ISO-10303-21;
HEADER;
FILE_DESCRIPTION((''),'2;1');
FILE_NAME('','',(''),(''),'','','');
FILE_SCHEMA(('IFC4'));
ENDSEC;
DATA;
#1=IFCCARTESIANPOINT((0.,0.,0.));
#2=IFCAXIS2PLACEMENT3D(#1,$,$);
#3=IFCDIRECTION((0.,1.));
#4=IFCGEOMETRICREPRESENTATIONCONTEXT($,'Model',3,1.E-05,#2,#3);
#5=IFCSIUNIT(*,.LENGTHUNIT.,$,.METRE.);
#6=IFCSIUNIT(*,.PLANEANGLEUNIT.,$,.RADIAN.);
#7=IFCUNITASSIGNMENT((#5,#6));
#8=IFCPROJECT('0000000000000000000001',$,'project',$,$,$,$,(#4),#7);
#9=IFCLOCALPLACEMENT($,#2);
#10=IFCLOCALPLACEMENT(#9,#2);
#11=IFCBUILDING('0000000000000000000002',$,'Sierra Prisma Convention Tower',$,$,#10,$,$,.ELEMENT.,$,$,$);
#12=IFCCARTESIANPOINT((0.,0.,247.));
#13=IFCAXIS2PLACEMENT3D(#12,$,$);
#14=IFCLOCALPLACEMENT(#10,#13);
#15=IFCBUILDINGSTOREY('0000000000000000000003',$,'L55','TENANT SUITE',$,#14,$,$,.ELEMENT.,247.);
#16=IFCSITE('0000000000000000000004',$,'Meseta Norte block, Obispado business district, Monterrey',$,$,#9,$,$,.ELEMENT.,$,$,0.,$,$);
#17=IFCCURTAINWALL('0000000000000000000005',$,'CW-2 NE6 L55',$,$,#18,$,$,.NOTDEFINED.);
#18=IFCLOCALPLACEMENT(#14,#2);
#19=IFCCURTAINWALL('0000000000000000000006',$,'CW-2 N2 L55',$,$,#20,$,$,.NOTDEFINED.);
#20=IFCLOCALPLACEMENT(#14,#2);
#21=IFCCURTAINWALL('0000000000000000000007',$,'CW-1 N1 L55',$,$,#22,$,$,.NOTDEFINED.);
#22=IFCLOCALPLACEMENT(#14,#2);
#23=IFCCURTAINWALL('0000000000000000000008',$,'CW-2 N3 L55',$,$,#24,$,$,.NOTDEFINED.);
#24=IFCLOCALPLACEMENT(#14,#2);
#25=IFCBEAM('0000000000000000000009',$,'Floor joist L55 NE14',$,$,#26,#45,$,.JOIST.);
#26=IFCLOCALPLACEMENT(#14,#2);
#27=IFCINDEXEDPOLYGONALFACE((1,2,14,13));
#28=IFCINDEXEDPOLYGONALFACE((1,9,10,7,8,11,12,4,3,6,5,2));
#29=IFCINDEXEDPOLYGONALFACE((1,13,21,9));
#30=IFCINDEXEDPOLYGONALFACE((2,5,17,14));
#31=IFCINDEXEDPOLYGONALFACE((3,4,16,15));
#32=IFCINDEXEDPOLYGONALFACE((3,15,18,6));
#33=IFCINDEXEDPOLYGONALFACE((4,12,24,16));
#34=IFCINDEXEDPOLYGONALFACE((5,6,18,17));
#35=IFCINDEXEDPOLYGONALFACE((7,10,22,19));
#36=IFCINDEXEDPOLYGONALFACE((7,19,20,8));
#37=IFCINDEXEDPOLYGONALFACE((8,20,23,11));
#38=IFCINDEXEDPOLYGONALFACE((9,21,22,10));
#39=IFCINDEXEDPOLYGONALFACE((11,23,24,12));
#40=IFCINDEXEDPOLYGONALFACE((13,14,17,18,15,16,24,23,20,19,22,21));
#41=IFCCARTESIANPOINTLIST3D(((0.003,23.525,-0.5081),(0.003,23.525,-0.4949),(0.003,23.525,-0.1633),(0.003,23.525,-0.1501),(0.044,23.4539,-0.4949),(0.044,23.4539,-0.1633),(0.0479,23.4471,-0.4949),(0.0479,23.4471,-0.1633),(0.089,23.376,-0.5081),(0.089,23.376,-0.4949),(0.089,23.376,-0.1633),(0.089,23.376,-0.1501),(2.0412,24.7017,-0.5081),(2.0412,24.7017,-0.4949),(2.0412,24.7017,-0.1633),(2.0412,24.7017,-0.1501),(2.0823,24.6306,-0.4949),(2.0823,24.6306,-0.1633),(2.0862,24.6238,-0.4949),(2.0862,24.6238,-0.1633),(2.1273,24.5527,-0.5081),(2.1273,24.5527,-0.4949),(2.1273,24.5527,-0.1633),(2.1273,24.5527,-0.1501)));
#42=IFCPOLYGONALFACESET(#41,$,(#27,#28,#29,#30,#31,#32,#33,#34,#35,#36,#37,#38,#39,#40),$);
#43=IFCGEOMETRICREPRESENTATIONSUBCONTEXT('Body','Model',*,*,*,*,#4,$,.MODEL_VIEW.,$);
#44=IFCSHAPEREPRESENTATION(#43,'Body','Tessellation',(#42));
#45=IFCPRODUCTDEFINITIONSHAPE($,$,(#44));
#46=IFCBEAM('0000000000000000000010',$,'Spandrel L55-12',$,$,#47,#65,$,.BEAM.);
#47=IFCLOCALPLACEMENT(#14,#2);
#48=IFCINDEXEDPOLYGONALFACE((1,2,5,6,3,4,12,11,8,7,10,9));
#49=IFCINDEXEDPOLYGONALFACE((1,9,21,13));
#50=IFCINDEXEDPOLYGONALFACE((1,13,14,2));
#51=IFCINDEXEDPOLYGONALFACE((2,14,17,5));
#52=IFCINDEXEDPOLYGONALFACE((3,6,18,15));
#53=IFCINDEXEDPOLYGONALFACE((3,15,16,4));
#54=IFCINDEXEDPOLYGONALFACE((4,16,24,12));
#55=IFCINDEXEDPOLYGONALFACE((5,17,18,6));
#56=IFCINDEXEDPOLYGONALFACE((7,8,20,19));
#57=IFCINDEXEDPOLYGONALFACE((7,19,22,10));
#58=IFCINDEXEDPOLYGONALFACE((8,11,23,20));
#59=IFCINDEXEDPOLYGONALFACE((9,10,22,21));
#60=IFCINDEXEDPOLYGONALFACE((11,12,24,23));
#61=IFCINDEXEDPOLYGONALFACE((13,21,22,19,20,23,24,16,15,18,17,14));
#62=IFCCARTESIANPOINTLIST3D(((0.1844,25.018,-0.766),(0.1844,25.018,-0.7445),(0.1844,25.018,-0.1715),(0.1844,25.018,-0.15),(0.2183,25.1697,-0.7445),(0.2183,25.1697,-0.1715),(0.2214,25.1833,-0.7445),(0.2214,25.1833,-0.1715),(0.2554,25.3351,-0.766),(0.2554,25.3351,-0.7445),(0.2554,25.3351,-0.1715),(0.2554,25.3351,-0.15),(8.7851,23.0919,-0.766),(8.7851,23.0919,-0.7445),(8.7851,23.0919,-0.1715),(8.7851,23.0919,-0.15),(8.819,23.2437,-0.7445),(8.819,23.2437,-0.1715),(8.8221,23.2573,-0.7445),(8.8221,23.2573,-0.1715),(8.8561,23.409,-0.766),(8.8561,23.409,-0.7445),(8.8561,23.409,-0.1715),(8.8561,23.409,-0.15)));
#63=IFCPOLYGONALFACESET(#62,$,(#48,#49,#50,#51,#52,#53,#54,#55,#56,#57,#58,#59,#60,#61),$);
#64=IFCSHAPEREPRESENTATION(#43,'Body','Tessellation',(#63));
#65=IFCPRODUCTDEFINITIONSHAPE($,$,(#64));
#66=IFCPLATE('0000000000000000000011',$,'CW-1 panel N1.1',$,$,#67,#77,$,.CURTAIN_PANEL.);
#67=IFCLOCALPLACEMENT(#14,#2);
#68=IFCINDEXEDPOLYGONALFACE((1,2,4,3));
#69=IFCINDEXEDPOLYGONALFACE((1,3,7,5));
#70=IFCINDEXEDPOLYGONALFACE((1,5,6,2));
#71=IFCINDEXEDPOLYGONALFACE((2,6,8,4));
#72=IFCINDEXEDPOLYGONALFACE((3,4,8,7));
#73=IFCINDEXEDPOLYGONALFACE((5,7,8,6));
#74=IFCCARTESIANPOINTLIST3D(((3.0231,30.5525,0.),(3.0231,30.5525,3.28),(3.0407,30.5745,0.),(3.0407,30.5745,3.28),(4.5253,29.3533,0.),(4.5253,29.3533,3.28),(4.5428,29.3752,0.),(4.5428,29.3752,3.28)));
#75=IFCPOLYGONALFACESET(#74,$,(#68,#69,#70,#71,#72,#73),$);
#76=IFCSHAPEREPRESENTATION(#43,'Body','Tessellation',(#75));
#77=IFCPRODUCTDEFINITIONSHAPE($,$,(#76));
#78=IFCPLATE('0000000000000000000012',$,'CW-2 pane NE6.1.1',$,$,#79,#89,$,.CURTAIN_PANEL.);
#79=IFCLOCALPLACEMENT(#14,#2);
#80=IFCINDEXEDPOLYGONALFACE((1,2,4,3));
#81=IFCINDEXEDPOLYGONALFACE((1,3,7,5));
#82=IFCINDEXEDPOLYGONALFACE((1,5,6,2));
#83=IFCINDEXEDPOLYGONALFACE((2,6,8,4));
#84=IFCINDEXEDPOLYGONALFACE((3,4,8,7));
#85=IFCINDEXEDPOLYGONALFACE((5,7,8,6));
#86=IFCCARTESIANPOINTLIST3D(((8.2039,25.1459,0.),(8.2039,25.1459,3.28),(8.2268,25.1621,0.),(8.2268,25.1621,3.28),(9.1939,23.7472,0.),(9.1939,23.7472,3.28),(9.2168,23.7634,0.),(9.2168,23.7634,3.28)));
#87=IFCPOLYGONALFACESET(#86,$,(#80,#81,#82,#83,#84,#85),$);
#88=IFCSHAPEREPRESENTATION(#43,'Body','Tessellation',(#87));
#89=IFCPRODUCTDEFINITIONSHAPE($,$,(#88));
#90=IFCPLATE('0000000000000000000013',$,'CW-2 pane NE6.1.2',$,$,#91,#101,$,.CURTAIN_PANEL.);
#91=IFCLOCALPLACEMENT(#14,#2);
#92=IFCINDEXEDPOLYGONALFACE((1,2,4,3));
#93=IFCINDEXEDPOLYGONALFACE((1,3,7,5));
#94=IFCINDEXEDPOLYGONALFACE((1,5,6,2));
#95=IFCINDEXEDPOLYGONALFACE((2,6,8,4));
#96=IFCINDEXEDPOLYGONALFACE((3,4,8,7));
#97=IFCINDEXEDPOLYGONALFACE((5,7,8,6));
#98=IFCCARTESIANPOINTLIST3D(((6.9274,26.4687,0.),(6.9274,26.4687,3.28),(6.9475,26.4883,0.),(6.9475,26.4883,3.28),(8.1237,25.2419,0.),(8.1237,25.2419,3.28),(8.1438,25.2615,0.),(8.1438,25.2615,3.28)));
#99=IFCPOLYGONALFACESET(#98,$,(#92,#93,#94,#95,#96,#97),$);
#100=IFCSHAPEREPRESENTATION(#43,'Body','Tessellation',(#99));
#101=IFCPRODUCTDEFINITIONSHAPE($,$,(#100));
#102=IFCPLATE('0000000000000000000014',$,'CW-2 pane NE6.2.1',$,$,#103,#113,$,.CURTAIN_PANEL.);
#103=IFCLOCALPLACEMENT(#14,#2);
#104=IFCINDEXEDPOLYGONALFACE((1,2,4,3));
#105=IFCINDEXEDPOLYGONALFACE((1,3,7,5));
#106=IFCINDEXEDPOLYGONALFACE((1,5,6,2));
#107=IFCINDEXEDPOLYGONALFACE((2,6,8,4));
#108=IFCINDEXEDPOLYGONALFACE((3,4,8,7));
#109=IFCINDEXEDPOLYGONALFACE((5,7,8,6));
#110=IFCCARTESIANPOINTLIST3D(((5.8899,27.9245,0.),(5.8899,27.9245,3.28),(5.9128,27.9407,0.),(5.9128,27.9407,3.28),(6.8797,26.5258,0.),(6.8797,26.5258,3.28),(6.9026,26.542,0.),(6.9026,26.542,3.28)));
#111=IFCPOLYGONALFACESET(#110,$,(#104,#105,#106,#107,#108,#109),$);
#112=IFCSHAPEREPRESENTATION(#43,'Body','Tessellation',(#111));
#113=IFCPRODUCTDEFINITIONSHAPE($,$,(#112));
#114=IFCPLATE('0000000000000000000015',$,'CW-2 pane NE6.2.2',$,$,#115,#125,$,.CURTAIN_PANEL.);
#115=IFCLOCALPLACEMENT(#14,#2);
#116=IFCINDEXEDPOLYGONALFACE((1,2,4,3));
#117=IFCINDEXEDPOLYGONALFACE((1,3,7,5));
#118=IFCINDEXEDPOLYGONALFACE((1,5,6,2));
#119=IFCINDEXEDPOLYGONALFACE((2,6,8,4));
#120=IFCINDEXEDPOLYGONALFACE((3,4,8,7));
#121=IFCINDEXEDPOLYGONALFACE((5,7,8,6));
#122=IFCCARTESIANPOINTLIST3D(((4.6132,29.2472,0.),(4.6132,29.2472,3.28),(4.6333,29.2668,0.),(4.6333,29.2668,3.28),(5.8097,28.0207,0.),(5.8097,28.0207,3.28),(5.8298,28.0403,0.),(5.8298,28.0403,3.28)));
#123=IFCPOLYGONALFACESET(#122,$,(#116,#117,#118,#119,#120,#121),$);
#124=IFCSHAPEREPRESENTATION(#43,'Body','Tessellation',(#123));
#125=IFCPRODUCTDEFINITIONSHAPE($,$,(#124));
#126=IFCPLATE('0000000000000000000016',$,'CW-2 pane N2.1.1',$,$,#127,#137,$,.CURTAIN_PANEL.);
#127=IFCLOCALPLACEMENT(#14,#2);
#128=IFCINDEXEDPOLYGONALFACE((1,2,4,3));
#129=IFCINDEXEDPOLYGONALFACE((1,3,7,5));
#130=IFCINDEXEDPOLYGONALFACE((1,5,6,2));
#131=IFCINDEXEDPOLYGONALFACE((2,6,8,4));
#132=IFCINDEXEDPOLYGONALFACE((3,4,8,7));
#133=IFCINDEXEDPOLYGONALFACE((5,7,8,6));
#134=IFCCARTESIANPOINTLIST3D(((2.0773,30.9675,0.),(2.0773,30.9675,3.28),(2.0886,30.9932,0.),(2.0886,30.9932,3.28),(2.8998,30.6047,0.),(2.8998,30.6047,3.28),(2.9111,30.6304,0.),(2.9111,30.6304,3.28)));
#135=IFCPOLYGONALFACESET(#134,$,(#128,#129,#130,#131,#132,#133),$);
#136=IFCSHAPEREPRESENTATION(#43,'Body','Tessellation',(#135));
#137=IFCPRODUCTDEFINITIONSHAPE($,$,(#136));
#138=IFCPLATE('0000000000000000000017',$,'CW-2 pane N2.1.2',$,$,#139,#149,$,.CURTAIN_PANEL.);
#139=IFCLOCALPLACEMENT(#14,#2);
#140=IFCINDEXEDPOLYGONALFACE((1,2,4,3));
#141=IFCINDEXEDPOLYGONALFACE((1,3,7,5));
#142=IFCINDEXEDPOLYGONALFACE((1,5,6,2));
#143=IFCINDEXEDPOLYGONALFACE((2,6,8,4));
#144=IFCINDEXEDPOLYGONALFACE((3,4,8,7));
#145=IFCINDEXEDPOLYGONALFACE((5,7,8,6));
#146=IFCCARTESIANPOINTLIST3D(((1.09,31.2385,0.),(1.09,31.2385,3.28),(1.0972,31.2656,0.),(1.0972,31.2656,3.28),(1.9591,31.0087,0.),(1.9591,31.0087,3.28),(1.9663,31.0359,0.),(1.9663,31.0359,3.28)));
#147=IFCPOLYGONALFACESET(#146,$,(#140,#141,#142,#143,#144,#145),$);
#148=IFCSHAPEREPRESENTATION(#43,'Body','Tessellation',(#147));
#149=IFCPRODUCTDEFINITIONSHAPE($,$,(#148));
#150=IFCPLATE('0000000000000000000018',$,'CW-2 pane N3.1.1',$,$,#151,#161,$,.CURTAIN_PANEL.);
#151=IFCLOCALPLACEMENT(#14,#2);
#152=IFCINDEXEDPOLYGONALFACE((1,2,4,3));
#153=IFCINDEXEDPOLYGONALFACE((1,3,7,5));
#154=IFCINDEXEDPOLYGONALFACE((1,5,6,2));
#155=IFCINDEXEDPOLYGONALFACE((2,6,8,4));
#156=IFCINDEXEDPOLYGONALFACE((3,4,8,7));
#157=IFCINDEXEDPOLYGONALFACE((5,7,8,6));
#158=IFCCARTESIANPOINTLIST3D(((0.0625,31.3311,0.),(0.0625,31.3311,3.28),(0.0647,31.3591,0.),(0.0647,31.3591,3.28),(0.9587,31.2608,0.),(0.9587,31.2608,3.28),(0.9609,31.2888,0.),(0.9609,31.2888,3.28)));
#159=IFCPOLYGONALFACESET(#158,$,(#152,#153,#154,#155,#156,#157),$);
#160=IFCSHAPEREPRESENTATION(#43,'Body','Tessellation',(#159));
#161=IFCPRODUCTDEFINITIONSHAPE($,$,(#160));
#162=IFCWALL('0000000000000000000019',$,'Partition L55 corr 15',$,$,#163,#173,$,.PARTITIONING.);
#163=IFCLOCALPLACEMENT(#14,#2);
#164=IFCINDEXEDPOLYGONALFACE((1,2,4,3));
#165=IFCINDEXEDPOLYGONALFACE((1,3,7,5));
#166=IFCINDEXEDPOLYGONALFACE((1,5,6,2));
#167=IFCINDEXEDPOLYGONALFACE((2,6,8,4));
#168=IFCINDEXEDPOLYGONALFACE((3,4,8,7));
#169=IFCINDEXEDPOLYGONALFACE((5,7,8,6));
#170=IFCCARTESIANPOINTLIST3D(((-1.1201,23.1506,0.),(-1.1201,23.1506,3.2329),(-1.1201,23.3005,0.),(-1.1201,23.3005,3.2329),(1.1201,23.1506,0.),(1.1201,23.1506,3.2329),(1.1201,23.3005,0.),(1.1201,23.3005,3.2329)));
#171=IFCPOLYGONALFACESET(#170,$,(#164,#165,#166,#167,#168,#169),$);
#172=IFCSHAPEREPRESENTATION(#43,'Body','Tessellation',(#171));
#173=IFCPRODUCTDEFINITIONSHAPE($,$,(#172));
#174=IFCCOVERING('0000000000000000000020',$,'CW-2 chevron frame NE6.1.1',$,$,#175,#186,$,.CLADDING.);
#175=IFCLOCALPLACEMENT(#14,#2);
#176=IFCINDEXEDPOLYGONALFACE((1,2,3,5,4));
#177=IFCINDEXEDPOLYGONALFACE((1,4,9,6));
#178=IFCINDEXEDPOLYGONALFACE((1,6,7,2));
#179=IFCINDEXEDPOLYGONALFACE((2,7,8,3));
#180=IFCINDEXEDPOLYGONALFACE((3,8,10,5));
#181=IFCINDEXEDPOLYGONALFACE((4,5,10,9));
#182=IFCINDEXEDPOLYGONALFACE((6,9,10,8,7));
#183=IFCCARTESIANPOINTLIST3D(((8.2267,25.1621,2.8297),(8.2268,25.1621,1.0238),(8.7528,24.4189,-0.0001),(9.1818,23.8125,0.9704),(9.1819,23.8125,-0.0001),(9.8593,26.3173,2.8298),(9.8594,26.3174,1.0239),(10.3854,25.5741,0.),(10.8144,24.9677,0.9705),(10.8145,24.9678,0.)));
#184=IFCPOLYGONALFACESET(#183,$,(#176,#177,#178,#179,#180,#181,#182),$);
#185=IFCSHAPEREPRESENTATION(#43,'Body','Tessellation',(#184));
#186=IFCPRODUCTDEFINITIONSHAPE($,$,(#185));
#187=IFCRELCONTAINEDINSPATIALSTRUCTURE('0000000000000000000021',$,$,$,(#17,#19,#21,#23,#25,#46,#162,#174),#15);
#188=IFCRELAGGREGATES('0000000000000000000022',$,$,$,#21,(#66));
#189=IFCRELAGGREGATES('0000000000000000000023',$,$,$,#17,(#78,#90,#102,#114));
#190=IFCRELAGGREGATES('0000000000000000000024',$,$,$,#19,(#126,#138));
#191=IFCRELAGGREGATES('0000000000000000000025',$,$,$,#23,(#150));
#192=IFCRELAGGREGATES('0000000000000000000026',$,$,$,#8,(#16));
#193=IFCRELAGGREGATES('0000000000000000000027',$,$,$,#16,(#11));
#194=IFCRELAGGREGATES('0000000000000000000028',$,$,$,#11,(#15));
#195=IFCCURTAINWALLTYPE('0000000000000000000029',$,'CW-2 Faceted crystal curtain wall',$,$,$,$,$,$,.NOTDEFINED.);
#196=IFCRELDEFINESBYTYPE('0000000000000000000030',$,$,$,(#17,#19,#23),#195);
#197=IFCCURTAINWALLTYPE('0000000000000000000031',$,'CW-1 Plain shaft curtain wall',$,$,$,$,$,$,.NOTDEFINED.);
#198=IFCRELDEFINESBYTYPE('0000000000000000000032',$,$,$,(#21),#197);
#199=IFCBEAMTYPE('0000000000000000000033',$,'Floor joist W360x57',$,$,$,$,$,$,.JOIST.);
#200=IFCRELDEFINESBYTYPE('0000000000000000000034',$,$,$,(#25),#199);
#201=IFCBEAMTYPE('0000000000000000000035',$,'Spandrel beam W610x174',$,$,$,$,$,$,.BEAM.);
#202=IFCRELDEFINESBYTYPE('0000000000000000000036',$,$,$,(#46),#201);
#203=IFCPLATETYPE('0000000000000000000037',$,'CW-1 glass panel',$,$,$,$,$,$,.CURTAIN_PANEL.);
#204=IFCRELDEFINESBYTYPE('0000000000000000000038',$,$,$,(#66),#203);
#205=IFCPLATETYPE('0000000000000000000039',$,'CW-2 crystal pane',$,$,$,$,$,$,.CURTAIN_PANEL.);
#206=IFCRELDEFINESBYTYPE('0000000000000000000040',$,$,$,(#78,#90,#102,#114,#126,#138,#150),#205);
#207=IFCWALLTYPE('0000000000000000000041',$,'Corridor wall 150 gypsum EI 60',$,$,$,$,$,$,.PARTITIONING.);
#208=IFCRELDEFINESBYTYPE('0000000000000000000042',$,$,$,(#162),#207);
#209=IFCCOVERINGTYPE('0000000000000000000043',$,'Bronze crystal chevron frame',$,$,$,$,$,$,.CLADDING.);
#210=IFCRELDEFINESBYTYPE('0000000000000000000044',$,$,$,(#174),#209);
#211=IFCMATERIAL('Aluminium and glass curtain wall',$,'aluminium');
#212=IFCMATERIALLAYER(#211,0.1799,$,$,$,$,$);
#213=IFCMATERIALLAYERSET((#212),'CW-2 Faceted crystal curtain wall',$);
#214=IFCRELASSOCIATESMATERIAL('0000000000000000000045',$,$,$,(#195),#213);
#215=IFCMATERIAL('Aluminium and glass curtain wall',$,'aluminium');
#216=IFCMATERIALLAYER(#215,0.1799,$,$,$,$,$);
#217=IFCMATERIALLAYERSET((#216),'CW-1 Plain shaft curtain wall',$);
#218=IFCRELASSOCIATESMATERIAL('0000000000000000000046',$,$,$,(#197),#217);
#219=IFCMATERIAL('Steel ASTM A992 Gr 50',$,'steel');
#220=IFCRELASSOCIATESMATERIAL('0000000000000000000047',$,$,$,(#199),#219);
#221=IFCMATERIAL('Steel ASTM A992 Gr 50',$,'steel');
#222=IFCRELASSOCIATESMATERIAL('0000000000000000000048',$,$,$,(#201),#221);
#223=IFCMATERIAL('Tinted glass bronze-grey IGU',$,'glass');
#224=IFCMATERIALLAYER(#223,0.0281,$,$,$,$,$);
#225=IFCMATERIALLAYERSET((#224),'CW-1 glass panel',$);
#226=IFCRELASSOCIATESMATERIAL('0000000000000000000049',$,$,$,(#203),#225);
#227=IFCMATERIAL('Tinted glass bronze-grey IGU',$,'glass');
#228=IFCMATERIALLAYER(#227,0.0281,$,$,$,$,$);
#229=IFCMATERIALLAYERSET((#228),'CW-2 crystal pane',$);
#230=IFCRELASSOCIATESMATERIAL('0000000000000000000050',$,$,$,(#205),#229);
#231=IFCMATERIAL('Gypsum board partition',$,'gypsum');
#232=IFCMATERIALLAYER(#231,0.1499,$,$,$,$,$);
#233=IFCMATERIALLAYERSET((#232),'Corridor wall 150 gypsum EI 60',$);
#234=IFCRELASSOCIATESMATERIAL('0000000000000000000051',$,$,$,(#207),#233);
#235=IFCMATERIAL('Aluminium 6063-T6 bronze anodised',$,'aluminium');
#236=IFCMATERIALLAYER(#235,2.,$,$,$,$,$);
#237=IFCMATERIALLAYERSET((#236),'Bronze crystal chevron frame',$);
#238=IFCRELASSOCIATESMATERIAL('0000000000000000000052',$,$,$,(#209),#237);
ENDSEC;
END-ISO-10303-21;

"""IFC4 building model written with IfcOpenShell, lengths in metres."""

from ifc_helpers import new_model, si_unit, direction, frame, frame_2d, origin, origin_2d, place, context, subcontext, project, spatial, polyline, rectangle, i_section, outline, extrude, material, layer, layer_set, material_profile, profile_set, type_object, element, aggregate, save


model = new_model("IFC4")

# Units and contexts
model_context = context("Model", 3, precision=1e-05, world=origin(), true_north=direction((0.0, 1.0)))
body_context = subcontext(model_context, "Body", "Model", "MODEL_VIEW")
ifc_project = project(units=[si_unit("LENGTHUNIT", "METRE"), si_unit("PLANEANGLEUNIT", "RADIAN")], contexts=[model_context])

# Site, building, storey
site_placement = place(None, origin())
site = spatial("IfcSite", under=ifc_project, at=site_placement, Name="Meseta Norte block, Obispado business district, Monterrey", CompositionType="ELEMENT", RefElevation=0.0)
building_placement = place(site_placement, origin())
building = spatial("IfcBuilding", under=site, at=building_placement, Name="Sierra Prisma Convention Tower", CompositionType="ELEMENT")
storey_placement = place(building_placement, frame((0.0, 0.0, 247.0)))
storey = spatial("IfcBuildingStorey", under=building, at=storey_placement, Name="L55", Description="TENANT SUITE", CompositionType="ELEMENT", Elevation=247.0)

# Curtain wall
ifc_material_1 = material(Name="Aluminium and glass curtain wall", Category="aluminium")
ifc_layer_1 = layer(ifc_material_1, 0.1799)
ifc_layer_set_1 = layer_set([ifc_layer_1], Name="CW-2 Faceted crystal curtain wall")
curtain_wall_type_1 = type_object("IfcCurtainWallType", Name="CW-2 Faceted crystal curtain wall", PredefinedType="NOTDEFINED", material=ifc_layer_set_1)
curtain_wall_1_placement = place(storey_placement, origin())
curtain_wall_1 = element("IfcCurtainWall", 1, at=curtain_wall_1_placement, inside=storey, type_object=curtain_wall_type_1, Name="CW-2 NE6 L55", PredefinedType="NOTDEFINED")

# Curtain wall
curtain_wall_2_placement = place(storey_placement, origin())
curtain_wall_2 = element("IfcCurtainWall", 2, at=curtain_wall_2_placement, inside=storey, type_object=curtain_wall_type_1, Name="CW-2 N2 L55", PredefinedType="NOTDEFINED")

# Curtain wall
ifc_material_2 = material(Name="Aluminium and glass curtain wall", Category="aluminium")
ifc_layer_2 = layer(ifc_material_2, 0.1799)
ifc_layer_set_2 = layer_set([ifc_layer_2], Name="CW-1 Plain shaft curtain wall")
curtain_wall_type_2 = type_object("IfcCurtainWallType", Name="CW-1 Plain shaft curtain wall", PredefinedType="NOTDEFINED", material=ifc_layer_set_2)
curtain_wall_3_placement = place(storey_placement, origin())
curtain_wall_3 = element("IfcCurtainWall", 3, at=curtain_wall_3_placement, inside=storey, type_object=curtain_wall_type_2, Name="CW-1 N1 L55", PredefinedType="NOTDEFINED")

# Curtain wall
curtain_wall_4_placement = place(storey_placement, origin())
curtain_wall_4 = element("IfcCurtainWall", 4, at=curtain_wall_4_placement, inside=storey, type_object=curtain_wall_type_1, Name="CW-2 N3 L55", PredefinedType="NOTDEFINED")

# Beams
ifc_material_3 = material(Name="Steel ASTM A992 Gr 50", Category="steel")
ifc_material_profile_1 = material_profile(ifc_material_3, i_section(OverallWidth=0.1721, OverallDepth=0.3579, WebThickness=0.0078, FlangeThickness=0.0132, at=origin_2d()), Name="W360x57")
ifc_profile_set_1 = profile_set([ifc_material_profile_1], Name="Steel ASTM A992 Gr 50")
beam_type_1 = type_object("IfcBeamType", Name="Floor joist W360x57", PredefinedType="JOIST", material=ifc_profile_set_1)
beam_1_placement = place(storey_placement, frame((2.0842, 24.6272, -0.3291), z_axis=(-0.866039, -0.499977, 0.0), x_axis=(0.499977, -0.866039, 0.0)))
element("IfcBeam", 5, at=beam_1_placement, inside=storey, type_object=beam_type_1, Name="Floor joist L55 NE14", PredefinedType="JOIST", context=body_context, shape_type="SweptSolid", body=[
    extrude(i_section(OverallWidth=0.1721, OverallDepth=0.3579, WebThickness=0.0078, FlangeThickness=0.0132, at=origin_2d()), origin(), (0.0, 0.0, 1.0), 2.3535),
])
ifc_material_4 = material(Name="Steel ASTM A992 Gr 50", Category="steel")
ifc_material_profile_2 = material_profile(ifc_material_4, i_section(OverallWidth=0.325, OverallDepth=0.616, WebThickness=0.0139, FlangeThickness=0.0215, at=origin_2d()), Name="W610x174")
ifc_profile_set_2 = profile_set([ifc_material_profile_2], Name="Steel ASTM A992 Gr 50")
beam_type_2 = type_object("IfcBeamType", Name="Spandrel beam W610x174", PredefinedType="BEAM", material=ifc_profile_set_2)
beam_2_placement = place(storey_placement, frame((8.8206, 23.2505, -0.458), z_axis=(-0.975831, 0.218529, 0.0), x_axis=(-0.218529, -0.975831, 0.0)))
element("IfcBeam", 6, at=beam_2_placement, inside=storey, type_object=beam_type_2, Name="Spandrel L55-12", PredefinedType="BEAM", context=body_context, shape_type="SweptSolid", body=[
    extrude(i_section(OverallWidth=0.325, OverallDepth=0.616, WebThickness=0.0139, FlangeThickness=0.0215, at=origin_2d()), origin(), (0.0, 0.0, 1.0), 8.8137),
])

# Plates
ifc_material_5 = material(Name="Tinted glass bronze-grey IGU", Category="glass")
ifc_layer_3 = layer(ifc_material_5, 0.0281)
ifc_layer_set_3 = layer_set([ifc_layer_3], Name="CW-1 glass panel")
plate_type_1 = type_object("IfcPlateType", Name="CW-1 glass panel", PredefinedType="CURTAIN_PANEL", material=ifc_layer_set_3)
plate_1_placement = place(storey_placement, frame((3.783, 29.9639, 0.0), z_axis=(0.0, 0.0, 1.0), x_axis=(-0.781484, 0.623926, 0.0)))
plate_1 = element("IfcPlate", 7, at=plate_1_placement, type_object=plate_type_1, Name="CW-1 panel N1.1", PredefinedType="CURTAIN_PANEL", context=body_context, shape_type="SweptSolid", body=[
    extrude(rectangle(XDim=1.9221, YDim=0.0281, at=origin_2d()), origin(), (0.0, 0.0, 1.0), 3.28),
])
aggregate(curtain_wall_3, [plate_1])
ifc_material_6 = material(Name="Tinted glass bronze-grey IGU", Category="glass")
ifc_layer_4 = layer(ifc_material_6, 0.0281)
ifc_layer_set_4 = layer_set([ifc_layer_4], Name="CW-2 crystal pane")
plate_type_2 = type_object("IfcPlateType", Name="CW-2 crystal pane", PredefinedType="CURTAIN_PANEL", material=ifc_layer_set_4)
plate_2_placement = place(storey_placement, frame((9.2168, 23.7634, 0.0), z_axis=(0.816229, 0.577729, 0.0), x_axis=(-0.577729, 0.816229, 0.0)))
plate_2 = element("IfcPlate", 8, at=plate_2_placement, type_object=plate_type_2, Name="CW-2 pane NE6.1.1", PredefinedType="CURTAIN_PANEL", context=body_context, shape_type="SweptSolid", body=[
    extrude(outline(polyline([(0.0, 0.0), (1.7136, 0.0), (1.7136, 3.28), (0.0, 3.28), (0.0, 0.0)])), origin(), (0.0, 0.0, -1.0), 0.0281),
])
plate_3_placement = place(storey_placement, frame((6.9475, 26.4883, 0.0), z_axis=(0.715956, 0.698146, 0.0), x_axis=(0.698146, -0.715956, 0.0)))
plate_3 = element("IfcPlate", 9, at=plate_3_placement, type_object=plate_type_2, Name="CW-2 pane NE6.1.2", PredefinedType="CURTAIN_PANEL", context=body_context, shape_type="SweptSolid", body=[
    extrude(outline(polyline([(0.0, 0.0), (1.7135, 0.0), (1.7135, -3.28), (0.0, -3.28), (0.0, 0.0)])), origin(), (0.0, 0.0, -1.0), 0.0281),
])
plate_4_placement = place(storey_placement, frame((6.9026, 26.542, 0.0), z_axis=(0.816296, 0.577634, 0.0), x_axis=(-0.577634, 0.816296, 0.0)))
plate_4 = element("IfcPlate", 10, at=plate_4_placement, type_object=plate_type_2, Name="CW-2 pane NE6.2.1", PredefinedType="CURTAIN_PANEL", context=body_context, shape_type="SweptSolid", body=[
    extrude(outline(polyline([(0.0, 0.0), (1.7134, 0.0), (1.7134, 3.28), (0.0, 3.28), (0.0, 0.0)])), origin(), (0.0, 0.0, -1.0), 0.0281),
])
plate_5_placement = place(storey_placement, frame((4.6333, 29.2668, 0.0), z_axis=(0.715815, 0.69829, 0.0), x_axis=(0.69829, -0.715815, 0.0)))
plate_5 = element("IfcPlate", 11, at=plate_5_placement, type_object=plate_type_2, Name="CW-2 pane NE6.2.2", PredefinedType="CURTAIN_PANEL", context=body_context, shape_type="SweptSolid", body=[
    extrude(outline(polyline([(0.0, 0.0), (1.7135, 0.0), (1.7135, -3.28), (0.0, -3.28), (0.0, 0.0)])), origin(), (0.0, 0.0, -1.0), 0.0281),
])
aggregate(curtain_wall_1, [plate_2, plate_3, plate_4, plate_5])
plate_6_placement = place(storey_placement, frame((2.9111, 30.6304, 0.0), z_axis=(0.403567, 0.91495, 0.0), x_axis=(-0.91495, 0.403567, 0.0)))
plate_6 = element("IfcPlate", 12, at=plate_6_placement, type_object=plate_type_2, Name="CW-2 pane N2.1.1", PredefinedType="CURTAIN_PANEL", context=body_context, shape_type="SweptSolid", body=[
    extrude(outline(polyline([(0.0, 0.0), (0.899, 0.0), (0.899, 3.28), (0.0, 3.28), (0.0, 0.0)])), origin(), (0.0, 0.0, -1.0), 0.0281),
])
plate_7_placement = place(storey_placement, frame((1.0972, 31.2656, 0.0), z_axis=(0.255549, 0.966796, 0.0), x_axis=(0.966796, -0.255549, 0.0)))
plate_7 = element("IfcPlate", 13, at=plate_7_placement, type_object=plate_type_2, Name="CW-2 pane N2.1.2", PredefinedType="CURTAIN_PANEL", context=body_context, shape_type="SweptSolid", body=[
    extrude(outline(polyline([(0.0, 0.0), (0.899, 0.0), (0.899, -3.28), (0.0, -3.28), (0.0, 0.0)])), origin(), (0.0, 0.0, -1.0), 0.0281),
])
aggregate(curtain_wall_2, [plate_6, plate_7])
plate_8_placement = place(storey_placement, frame((0.9609, 31.2888, 0.0), z_axis=(0.078212, 0.996937, 0.0), x_axis=(-0.996937, 0.078212, 0.0)))
plate_8 = element("IfcPlate", 14, at=plate_8_placement, type_object=plate_type_2, Name="CW-2 pane N3.1.1", PredefinedType="CURTAIN_PANEL", context=body_context, shape_type="SweptSolid", body=[
    extrude(outline(polyline([(0.0, 0.0), (0.899, 0.0), (0.899, 3.28), (0.0, 3.28), (0.0, 0.0)])), origin(), (0.0, 0.0, -1.0), 0.0281),
])
aggregate(curtain_wall_4, [plate_8])

# Wall
ifc_material_7 = material(Name="Gypsum board partition", Category="gypsum")
ifc_layer_5 = layer(ifc_material_7, 0.1499)
ifc_layer_set_5 = layer_set([ifc_layer_5], Name="Corridor wall 150 gypsum EI 60")
wall_type = type_object("IfcWallType", Name="Corridor wall 150 gypsum EI 60", PredefinedType="PARTITIONING", material=ifc_layer_set_5)
wall_placement = place(storey_placement, frame((1.1201, 23.2256, 0.0), z_axis=(0.0, 0.0, 1.0), x_axis=(-1.0, 0.0, 0.0)))
element("IfcWall", 15, at=wall_placement, inside=storey, type_object=wall_type, Name="Partition L55 corr 15", PredefinedType="PARTITIONING", context=body_context, shape_type="SweptSolid", body=[
    extrude(rectangle(XDim=2.2402, YDim=0.1499, at=frame_2d((1.1201, 0.0))), origin(), (0.0, 0.0, 1.0), 3.2329),
])

# Covering
ifc_material_8 = material(Name="Aluminium 6063-T6 bronze anodised", Category="aluminium")
ifc_layer_6 = layer(ifc_material_8, 2.0)
ifc_layer_set_6 = layer_set([ifc_layer_6], Name="Bronze crystal chevron frame")
covering_type = type_object("IfcCoveringType", Name="Bronze crystal chevron frame", PredefinedType="CLADDING", material=ifc_layer_set_6)
covering_1_placement = place(storey_placement, frame((10.8145, 24.9678, 0.0), z_axis=(0.816299, 0.57763, 0.000052), x_axis=(-0.57763, 0.816299, 0.0)))
element("IfcCovering", 16, at=covering_1_placement, inside=storey, type_object=covering_type, Name="CW-2 chevron frame NE6.1.1", PredefinedType="CLADDING", context=body_context, shape_type="SweptSolid", body=[
    extrude(outline(polyline([(0.0, 0.0), (0.7428, 0.0), (1.6534, 1.0239), (1.6534, 2.8298), (0.0, 0.9705), (0.0, 0.0)])), origin(), (0.0, 0.0, -1.0), 2.0),
])

save(model, "model.ifc")
